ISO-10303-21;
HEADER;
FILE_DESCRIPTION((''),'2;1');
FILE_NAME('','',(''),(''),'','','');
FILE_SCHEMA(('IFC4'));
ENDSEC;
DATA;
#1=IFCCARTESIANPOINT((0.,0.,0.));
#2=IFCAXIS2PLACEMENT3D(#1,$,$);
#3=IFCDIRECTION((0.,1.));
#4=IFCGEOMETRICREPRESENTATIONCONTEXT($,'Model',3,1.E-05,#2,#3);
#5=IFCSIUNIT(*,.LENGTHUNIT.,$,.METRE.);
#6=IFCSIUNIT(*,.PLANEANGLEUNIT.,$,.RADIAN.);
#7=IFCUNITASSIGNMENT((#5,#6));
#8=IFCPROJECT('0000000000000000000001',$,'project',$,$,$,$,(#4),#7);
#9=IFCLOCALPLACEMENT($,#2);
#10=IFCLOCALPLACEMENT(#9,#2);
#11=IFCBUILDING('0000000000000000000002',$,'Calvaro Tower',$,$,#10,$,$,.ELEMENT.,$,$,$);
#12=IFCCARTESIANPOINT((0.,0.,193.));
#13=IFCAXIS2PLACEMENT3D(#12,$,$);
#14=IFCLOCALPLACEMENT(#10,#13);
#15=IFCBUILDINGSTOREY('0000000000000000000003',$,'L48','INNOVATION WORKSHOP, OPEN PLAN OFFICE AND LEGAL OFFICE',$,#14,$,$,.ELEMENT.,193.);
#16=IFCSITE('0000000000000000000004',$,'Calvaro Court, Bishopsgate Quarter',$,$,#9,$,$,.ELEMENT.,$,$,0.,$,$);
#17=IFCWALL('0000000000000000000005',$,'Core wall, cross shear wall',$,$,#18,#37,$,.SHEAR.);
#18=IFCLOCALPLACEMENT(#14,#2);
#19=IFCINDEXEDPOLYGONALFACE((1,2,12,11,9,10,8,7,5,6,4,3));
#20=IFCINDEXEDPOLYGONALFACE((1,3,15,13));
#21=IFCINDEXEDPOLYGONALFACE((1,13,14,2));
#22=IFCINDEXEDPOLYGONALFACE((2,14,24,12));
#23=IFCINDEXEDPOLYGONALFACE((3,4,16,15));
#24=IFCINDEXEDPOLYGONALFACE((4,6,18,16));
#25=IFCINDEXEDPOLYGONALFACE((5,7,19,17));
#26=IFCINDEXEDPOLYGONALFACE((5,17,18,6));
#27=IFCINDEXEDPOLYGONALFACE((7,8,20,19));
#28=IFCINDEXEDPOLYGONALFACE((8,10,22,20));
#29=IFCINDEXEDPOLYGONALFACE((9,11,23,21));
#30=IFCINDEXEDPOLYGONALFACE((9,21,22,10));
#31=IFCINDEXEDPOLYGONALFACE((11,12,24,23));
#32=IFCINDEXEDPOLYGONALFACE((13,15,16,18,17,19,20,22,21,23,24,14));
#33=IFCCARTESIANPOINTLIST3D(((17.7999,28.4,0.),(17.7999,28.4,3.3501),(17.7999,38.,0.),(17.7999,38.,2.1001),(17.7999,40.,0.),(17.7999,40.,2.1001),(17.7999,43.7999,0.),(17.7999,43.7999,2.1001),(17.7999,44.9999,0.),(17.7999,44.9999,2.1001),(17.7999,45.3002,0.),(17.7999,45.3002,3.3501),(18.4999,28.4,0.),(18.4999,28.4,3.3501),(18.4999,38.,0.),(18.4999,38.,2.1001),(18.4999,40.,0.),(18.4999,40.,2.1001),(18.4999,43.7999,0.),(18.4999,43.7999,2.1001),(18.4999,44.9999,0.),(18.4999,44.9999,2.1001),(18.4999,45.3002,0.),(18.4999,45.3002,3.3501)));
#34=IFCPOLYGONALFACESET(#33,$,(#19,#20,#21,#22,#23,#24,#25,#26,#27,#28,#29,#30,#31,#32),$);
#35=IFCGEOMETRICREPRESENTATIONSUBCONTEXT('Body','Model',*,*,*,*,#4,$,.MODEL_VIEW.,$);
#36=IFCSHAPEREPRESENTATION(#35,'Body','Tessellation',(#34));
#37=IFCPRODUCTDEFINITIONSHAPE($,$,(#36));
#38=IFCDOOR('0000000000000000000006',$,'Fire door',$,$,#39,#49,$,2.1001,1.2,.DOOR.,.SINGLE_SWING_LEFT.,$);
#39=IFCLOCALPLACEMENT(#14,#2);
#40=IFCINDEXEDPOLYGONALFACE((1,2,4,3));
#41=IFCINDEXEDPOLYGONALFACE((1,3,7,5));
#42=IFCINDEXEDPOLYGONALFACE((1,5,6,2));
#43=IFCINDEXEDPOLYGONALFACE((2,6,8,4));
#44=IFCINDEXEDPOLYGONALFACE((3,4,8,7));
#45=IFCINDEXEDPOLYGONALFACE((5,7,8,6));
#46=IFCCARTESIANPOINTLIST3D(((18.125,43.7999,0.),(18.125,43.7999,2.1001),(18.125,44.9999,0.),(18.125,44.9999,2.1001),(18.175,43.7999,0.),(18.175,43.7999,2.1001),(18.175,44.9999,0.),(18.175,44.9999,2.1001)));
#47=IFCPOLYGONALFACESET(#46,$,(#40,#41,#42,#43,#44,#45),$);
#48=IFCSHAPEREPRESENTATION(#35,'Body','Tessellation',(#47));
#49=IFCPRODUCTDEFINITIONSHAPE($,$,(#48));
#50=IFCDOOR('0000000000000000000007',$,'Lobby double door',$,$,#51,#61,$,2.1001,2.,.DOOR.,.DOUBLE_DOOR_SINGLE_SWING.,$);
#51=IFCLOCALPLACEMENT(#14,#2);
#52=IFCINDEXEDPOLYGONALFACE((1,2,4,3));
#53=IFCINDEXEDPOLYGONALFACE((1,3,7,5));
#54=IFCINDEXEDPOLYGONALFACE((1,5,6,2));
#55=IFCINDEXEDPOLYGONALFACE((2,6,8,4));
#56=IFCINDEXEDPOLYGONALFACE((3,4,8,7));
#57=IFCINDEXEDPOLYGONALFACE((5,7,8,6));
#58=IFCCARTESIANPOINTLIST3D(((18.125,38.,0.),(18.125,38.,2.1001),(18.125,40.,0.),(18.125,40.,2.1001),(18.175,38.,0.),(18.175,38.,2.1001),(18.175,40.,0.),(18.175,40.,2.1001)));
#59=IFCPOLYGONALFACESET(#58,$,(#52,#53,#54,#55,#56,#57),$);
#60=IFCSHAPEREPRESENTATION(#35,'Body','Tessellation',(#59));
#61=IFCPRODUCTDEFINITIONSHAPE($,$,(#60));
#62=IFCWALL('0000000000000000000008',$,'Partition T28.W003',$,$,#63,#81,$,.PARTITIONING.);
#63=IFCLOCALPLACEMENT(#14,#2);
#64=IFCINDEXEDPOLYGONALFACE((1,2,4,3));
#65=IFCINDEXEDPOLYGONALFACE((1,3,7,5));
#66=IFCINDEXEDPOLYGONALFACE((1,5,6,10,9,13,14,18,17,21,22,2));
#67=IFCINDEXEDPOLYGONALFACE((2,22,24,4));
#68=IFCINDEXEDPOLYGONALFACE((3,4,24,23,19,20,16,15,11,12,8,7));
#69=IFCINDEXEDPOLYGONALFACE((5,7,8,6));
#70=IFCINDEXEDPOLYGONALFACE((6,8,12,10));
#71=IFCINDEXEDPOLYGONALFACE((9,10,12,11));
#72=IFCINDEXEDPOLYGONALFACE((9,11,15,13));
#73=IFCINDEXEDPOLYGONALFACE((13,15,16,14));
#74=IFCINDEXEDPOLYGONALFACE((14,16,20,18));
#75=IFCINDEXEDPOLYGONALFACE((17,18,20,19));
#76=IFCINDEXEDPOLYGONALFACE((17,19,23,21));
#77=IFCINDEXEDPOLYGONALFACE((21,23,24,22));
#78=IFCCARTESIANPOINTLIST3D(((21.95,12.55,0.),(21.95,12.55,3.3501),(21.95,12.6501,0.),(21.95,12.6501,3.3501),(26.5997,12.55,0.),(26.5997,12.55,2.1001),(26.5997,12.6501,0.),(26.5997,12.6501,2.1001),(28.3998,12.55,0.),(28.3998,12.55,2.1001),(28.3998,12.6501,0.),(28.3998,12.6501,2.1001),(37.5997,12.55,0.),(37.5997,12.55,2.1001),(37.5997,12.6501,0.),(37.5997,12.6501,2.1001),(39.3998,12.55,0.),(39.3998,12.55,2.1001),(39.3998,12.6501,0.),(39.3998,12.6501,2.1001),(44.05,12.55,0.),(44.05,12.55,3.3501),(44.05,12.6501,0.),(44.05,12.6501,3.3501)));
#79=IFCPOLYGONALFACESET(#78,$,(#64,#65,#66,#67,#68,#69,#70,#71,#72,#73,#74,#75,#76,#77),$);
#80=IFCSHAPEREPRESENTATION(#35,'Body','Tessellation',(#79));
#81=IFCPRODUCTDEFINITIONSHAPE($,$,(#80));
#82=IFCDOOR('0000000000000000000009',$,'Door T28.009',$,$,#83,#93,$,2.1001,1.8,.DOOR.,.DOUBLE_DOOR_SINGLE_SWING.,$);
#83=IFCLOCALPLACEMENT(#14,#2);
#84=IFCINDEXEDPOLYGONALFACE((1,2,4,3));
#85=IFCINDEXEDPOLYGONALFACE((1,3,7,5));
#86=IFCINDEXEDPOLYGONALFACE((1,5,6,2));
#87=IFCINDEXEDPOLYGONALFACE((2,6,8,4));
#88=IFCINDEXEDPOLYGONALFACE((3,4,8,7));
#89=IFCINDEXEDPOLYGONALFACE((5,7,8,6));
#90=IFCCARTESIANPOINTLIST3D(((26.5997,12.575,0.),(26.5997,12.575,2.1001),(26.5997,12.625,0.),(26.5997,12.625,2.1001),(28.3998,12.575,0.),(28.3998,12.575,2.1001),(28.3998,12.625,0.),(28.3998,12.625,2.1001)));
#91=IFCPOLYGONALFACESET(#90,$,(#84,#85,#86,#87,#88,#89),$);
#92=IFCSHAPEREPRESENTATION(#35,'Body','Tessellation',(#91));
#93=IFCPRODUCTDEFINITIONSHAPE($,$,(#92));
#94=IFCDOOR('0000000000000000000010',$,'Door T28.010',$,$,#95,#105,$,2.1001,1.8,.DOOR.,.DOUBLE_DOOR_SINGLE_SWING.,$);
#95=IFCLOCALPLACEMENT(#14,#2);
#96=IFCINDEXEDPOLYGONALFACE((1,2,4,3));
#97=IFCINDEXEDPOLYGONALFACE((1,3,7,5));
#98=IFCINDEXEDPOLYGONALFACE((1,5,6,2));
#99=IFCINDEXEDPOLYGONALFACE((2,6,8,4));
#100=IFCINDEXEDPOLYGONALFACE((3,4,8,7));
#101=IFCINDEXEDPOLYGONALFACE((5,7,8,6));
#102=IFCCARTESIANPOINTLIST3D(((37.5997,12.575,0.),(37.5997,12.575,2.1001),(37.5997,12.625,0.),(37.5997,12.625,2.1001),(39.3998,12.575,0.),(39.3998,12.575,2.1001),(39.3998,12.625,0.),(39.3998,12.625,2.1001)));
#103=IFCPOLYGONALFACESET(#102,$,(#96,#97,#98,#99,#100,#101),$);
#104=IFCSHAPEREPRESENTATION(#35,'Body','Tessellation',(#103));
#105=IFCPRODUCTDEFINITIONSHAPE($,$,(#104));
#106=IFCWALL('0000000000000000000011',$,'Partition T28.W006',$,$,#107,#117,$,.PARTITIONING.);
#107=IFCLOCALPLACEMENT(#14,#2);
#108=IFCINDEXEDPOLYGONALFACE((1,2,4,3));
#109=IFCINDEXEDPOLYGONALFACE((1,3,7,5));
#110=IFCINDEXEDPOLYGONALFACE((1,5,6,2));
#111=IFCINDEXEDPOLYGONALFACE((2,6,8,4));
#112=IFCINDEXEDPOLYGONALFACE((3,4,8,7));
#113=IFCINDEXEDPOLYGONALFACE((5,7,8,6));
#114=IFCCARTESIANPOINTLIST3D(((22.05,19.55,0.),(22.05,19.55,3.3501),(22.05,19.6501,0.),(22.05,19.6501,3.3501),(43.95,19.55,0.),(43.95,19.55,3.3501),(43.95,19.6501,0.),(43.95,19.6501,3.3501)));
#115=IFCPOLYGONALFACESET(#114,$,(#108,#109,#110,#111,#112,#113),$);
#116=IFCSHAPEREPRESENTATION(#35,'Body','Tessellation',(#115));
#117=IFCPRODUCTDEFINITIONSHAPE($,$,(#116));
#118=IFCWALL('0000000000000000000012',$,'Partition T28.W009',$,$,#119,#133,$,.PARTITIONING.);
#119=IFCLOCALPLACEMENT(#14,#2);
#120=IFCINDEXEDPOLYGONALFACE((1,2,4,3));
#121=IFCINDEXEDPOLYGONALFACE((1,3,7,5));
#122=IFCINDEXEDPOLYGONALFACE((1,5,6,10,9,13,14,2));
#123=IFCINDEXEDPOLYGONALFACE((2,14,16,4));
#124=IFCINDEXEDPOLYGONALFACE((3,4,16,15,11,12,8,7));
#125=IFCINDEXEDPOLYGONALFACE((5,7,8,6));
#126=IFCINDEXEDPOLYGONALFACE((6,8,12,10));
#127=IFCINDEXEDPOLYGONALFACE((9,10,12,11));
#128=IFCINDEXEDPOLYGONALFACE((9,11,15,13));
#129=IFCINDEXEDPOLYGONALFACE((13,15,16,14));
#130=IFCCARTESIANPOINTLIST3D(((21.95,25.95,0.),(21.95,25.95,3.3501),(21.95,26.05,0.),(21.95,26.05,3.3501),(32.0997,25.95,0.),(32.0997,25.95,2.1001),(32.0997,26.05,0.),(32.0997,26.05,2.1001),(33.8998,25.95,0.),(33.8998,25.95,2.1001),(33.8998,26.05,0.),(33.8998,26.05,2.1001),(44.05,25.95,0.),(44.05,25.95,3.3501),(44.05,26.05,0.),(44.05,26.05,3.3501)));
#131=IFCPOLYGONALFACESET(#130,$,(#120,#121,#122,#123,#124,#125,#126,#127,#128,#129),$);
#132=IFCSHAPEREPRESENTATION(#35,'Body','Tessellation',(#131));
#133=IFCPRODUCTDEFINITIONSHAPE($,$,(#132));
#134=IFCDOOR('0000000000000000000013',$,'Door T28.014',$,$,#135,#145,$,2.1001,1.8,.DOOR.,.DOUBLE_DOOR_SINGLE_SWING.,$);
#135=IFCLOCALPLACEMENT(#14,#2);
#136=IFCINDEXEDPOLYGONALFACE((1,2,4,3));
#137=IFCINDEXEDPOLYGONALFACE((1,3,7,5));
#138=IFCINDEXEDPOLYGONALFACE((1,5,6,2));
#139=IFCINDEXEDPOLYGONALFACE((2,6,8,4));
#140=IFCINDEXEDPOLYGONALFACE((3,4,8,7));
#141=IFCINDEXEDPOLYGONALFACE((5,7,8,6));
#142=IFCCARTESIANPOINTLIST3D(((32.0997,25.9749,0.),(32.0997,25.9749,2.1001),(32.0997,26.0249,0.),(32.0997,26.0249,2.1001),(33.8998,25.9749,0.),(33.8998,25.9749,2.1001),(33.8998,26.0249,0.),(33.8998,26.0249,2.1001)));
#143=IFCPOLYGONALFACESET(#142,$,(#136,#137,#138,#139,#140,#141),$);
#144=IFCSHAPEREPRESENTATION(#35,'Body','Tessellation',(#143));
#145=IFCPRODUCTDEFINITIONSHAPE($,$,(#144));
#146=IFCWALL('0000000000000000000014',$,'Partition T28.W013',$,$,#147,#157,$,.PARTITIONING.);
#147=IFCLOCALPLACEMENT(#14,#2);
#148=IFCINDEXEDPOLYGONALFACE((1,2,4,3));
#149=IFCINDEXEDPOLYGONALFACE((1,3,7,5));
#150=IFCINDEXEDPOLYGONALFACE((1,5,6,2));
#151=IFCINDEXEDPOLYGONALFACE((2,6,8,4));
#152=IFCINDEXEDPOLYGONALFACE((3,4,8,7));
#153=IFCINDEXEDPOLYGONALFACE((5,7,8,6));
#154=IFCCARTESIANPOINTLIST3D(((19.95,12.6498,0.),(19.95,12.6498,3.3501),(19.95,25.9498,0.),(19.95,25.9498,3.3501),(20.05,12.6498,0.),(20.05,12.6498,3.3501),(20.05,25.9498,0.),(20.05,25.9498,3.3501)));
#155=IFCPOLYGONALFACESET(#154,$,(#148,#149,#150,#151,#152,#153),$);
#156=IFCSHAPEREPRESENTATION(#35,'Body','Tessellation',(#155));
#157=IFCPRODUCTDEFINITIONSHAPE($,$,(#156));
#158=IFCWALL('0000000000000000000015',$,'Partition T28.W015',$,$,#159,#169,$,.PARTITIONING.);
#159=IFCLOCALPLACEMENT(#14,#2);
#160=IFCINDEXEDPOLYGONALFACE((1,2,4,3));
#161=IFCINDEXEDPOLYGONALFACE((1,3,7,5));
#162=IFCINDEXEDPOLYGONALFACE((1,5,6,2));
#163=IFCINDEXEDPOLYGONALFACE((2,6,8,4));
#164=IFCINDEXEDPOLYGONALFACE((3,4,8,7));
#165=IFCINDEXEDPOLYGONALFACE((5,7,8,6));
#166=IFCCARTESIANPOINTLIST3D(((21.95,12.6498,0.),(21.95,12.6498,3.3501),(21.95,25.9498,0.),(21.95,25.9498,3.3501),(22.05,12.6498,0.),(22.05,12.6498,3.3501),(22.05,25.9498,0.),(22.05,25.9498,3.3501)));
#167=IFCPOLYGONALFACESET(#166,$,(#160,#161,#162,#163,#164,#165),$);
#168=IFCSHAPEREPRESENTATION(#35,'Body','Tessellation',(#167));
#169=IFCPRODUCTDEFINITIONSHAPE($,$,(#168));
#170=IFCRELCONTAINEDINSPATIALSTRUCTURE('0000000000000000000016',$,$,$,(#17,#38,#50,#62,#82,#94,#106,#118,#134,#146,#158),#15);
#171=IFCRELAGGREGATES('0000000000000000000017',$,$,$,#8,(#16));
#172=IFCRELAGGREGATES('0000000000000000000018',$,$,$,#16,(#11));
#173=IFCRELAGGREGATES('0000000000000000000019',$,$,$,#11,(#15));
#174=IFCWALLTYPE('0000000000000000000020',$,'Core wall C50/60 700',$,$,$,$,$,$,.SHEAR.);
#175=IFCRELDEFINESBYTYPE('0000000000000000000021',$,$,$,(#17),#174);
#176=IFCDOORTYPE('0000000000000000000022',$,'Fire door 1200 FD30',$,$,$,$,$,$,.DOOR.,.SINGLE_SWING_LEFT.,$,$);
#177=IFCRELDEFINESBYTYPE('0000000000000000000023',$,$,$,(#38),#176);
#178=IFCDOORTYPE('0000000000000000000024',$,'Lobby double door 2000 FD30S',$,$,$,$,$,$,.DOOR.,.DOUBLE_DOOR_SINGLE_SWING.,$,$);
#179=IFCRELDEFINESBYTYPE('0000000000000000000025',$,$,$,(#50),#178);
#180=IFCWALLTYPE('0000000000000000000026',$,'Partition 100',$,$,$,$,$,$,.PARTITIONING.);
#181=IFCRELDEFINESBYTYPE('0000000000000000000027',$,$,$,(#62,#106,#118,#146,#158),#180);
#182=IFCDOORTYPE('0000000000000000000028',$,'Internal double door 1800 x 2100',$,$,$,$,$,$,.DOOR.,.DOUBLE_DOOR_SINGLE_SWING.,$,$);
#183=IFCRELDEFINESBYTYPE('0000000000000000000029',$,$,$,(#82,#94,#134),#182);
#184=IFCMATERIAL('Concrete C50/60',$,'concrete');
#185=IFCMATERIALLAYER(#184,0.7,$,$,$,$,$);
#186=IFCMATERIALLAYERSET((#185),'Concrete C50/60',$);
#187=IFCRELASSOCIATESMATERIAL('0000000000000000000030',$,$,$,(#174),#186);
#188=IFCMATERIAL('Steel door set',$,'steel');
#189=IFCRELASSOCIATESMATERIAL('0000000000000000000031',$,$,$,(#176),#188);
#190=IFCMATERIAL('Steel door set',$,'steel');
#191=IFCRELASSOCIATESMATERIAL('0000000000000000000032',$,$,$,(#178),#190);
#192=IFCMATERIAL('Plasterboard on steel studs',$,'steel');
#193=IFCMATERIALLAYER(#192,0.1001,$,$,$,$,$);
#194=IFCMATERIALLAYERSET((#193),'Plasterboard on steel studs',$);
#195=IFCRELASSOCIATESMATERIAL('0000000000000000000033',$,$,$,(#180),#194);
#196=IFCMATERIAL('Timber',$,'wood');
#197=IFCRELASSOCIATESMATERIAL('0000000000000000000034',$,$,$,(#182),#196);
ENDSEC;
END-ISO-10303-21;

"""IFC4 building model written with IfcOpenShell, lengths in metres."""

from ifc_helpers import new_model, si_unit, direction, frame, frame_2d, origin, place, context, subcontext, project, spatial, rectangle, extrude, material, layer, layer_set, type_object, element, fill, save


model = new_model("IFC4")

# Units and contexts
model_context = context("Model", 3, precision=1e-05, world=origin(), true_north=direction((0.0, 1.0)))
body_context = subcontext(model_context, "Body", "Model", "MODEL_VIEW")
ifc_project = project(units=[si_unit("LENGTHUNIT", "METRE"), si_unit("PLANEANGLEUNIT", "RADIAN")], contexts=[model_context])

# Site, building, storey
site_placement = place(None, origin())
site = spatial("IfcSite", under=ifc_project, at=site_placement, Name="Calvaro Court, Bishopsgate Quarter", CompositionType="ELEMENT", RefElevation=0.0)
building_placement = place(site_placement, origin())
building = spatial("IfcBuilding", under=site, at=building_placement, Name="Calvaro Tower", CompositionType="ELEMENT")
storey_placement = place(building_placement, frame((0.0, 0.0, 193.0)))
storey = spatial("IfcBuildingStorey", under=building, at=storey_placement, Name="L48", Description="INNOVATION WORKSHOP, OPEN PLAN OFFICE AND LEGAL OFFICE", CompositionType="ELEMENT", Elevation=193.0)

# Walls, openings, doors
ifc_material_1 = material(Name="Concrete C50/60", Category="concrete")
ifc_layer_1 = layer(ifc_material_1, 0.7)
ifc_layer_set_1 = layer_set([ifc_layer_1], Name="Concrete C50/60")
wall_type_1 = type_object("IfcWallType", Name="Core wall C50/60 700", PredefinedType="SHEAR", material=ifc_layer_set_1)
wall_1_placement = place(storey_placement, frame((18.1499, 28.3999, 0.0), z_axis=(0.0, 0.0, 1.0), x_axis=(0.0, 1.0, 0.0)))
wall_1 = element("IfcWall", 1, at=wall_1_placement, inside=storey, type_object=wall_type_1, Name="Core wall, cross shear wall", PredefinedType="SHEAR", context=body_context, shape_type="SweptSolid", body=[
    extrude(rectangle(XDim=16.9001, YDim=0.7, at=frame_2d((8.4502, 0.0))), origin(), (0.0, 0.0, 1.0), 3.3501),
])
opening_1_placement = place(wall_1_placement, frame((9.6001, 0.0, 0.0)))
opening_1 = element("IfcOpeningElement", 2, at=opening_1_placement, cuts=wall_1, PredefinedType="OPENING", context=body_context, shape_type="SweptSolid", body=[
    extrude(rectangle(XDim=2.0, YDim=2.1001, at=frame_2d((1.0, 1.05))), frame((0.0, 0.3599, 0.0), z_axis=(0.0, -1.0, 0.0), x_axis=(1.0, 0.0, 0.0)), (0.0, 0.0, 1.0), 0.72),
])
opening_2_placement = place(wall_1_placement, frame((15.3999, 0.0, 0.0)))
opening_2 = element("IfcOpeningElement", 3, at=opening_2_placement, cuts=wall_1, PredefinedType="OPENING", context=body_context, shape_type="SweptSolid", body=[
    extrude(rectangle(XDim=1.2, YDim=2.1001, at=frame_2d((0.6001, 1.05))), frame((0.0, 0.3599, 0.0), z_axis=(0.0, -1.0, 0.0), x_axis=(1.0, 0.0, 0.0)), (0.0, 0.0, 1.0), 0.72),
])
ifc_material_2 = material(Name="Steel door set", Category="steel")
door_type_1 = type_object("IfcDoorType", Name="Fire door 1200 FD30", OperationType="SINGLE_SWING_LEFT", PredefinedType="DOOR", material=ifc_material_2)
door_1_placement = place(opening_2_placement, origin())
door_1 = element("IfcDoor", 4, at=door_1_placement, inside=storey, type_object=door_type_1, Name="Fire door", OperationType="SINGLE_SWING_LEFT", OverallHeight=2.1001, OverallWidth=1.2, PredefinedType="DOOR", context=body_context, shape_type="SweptSolid", body=[
    extrude(rectangle(XDim=1.2, YDim=2.1001, at=frame_2d((0.6001, 1.05))), frame((0.0, 0.0249, 0.0), z_axis=(0.0, -1.0, 0.0), x_axis=(1.0, 0.0, 0.0)), (0.0, 0.0, 1.0), 0.05),
])
fill(opening_2, door_1)
ifc_material_3 = material(Name="Steel door set", Category="steel")
door_type_2 = type_object("IfcDoorType", Name="Lobby double door 2000 FD30S", OperationType="DOUBLE_DOOR_SINGLE_SWING", PredefinedType="DOOR", material=ifc_material_3)
door_2_placement = place(opening_1_placement, origin())
door_2 = element("IfcDoor", 5, at=door_2_placement, inside=storey, type_object=door_type_2, Name="Lobby double door", OperationType="DOUBLE_DOOR_SINGLE_SWING", OverallHeight=2.1001, OverallWidth=2.0, PredefinedType="DOOR", context=body_context, shape_type="SweptSolid", body=[
    extrude(rectangle(XDim=2.0, YDim=2.1001, at=frame_2d((1.0, 1.05))), frame((0.0, 0.0249, 0.0), z_axis=(0.0, -1.0, 0.0), x_axis=(1.0, 0.0, 0.0)), (0.0, 0.0, 1.0), 0.05),
])
fill(opening_1, door_2)
ifc_material_4 = material(Name="Plasterboard on steel studs", Category="steel")
ifc_layer_2 = layer(ifc_material_4, 0.1001)
ifc_layer_set_2 = layer_set([ifc_layer_2], Name="Plasterboard on steel studs")
wall_type_2 = type_object("IfcWallType", Name="Partition 100", PredefinedType="PARTITIONING", material=ifc_layer_set_2)
wall_2_placement = place(storey_placement, frame((21.95, 12.6001, 0.0), z_axis=(0.0, 0.0, 1.0), x_axis=(1.0, 0.0, 0.0)))
wall_2 = element("IfcWall", 6, at=wall_2_placement, inside=storey, type_object=wall_type_2, Name="Partition T28.W003", PredefinedType="PARTITIONING", context=body_context, shape_type="SweptSolid", body=[
    extrude(rectangle(XDim=22.1001, YDim=0.1001, at=frame_2d((11.05, 0.0))), origin(), (0.0, 0.0, 1.0), 3.3501),
])
opening_3_placement = place(wall_2_placement, frame((4.6499, 0.0, 0.0)))
opening_3 = element("IfcOpeningElement", 7, at=opening_3_placement, cuts=wall_2, PredefinedType="OPENING", context=body_context, shape_type="SweptSolid", body=[
    extrude(rectangle(XDim=1.8, YDim=2.1001, at=frame_2d((0.8999, 1.05))), frame((0.0, 0.0601, 0.0), z_axis=(0.0, -1.0, 0.0), x_axis=(1.0, 0.0, 0.0)), (0.0, 0.0, 1.0), 0.1201),
])
opening_4_placement = place(wall_2_placement, frame((15.6499, 0.0, 0.0)))
opening_4 = element("IfcOpeningElement", 8, at=opening_4_placement, cuts=wall_2, PredefinedType="OPENING", context=body_context, shape_type="SweptSolid", body=[
    extrude(rectangle(XDim=1.8, YDim=2.1001, at=frame_2d((0.8999, 1.05))), frame((0.0, 0.0601, 0.0), z_axis=(0.0, -1.0, 0.0), x_axis=(1.0, 0.0, 0.0)), (0.0, 0.0, 1.0), 0.1201),
])
ifc_material_5 = material(Name="Timber", Category="wood")
door_type_3 = type_object("IfcDoorType", Name="Internal double door 1800 x 2100", OperationType="DOUBLE_DOOR_SINGLE_SWING", PredefinedType="DOOR", material=ifc_material_5)
door_3_placement = place(opening_3_placement, origin())
door_3 = element("IfcDoor", 9, at=door_3_placement, inside=storey, type_object=door_type_3, Name="Door T28.009", OperationType="DOUBLE_DOOR_SINGLE_SWING", OverallHeight=2.1001, OverallWidth=1.8, PredefinedType="DOOR", context=body_context, shape_type="SweptSolid", body=[
    extrude(rectangle(XDim=1.8, YDim=2.1001, at=frame_2d((0.8999, 1.05))), frame((0.0, 0.0249, 0.0), z_axis=(0.0, -1.0, 0.0), x_axis=(1.0, 0.0, 0.0)), (0.0, 0.0, 1.0), 0.05),
])
fill(opening_3, door_3)
door_4_placement = place(opening_4_placement, origin())
door_4 = element("IfcDoor", 10, at=door_4_placement, inside=storey, type_object=door_type_3, Name="Door T28.010", OperationType="DOUBLE_DOOR_SINGLE_SWING", OverallHeight=2.1001, OverallWidth=1.8, PredefinedType="DOOR", context=body_context, shape_type="SweptSolid", body=[
    extrude(rectangle(XDim=1.8, YDim=2.1001, at=frame_2d((0.8999, 1.05))), frame((0.0, 0.0249, 0.0), z_axis=(0.0, -1.0, 0.0), x_axis=(1.0, 0.0, 0.0)), (0.0, 0.0, 1.0), 0.05),
])
fill(opening_4, door_4)

# Wall
wall_3_placement = place(storey_placement, frame((22.05, 19.6001, 0.0), z_axis=(0.0, 0.0, 1.0), x_axis=(1.0, 0.0, 0.0)))
element("IfcWall", 11, at=wall_3_placement, inside=storey, type_object=wall_type_2, Name="Partition T28.W006", PredefinedType="PARTITIONING", context=body_context, shape_type="SweptSolid", body=[
    extrude(rectangle(XDim=21.8999, YDim=0.1001, at=frame_2d((10.95, 0.0))), origin(), (0.0, 0.0, 1.0), 3.3501),
])

# Wall, opening, door
wall_4_placement = place(storey_placement, frame((21.95, 26.0, 0.0), z_axis=(0.0, 0.0, 1.0), x_axis=(1.0, 0.0, 0.0)))
wall_4 = element("IfcWall", 12, at=wall_4_placement, inside=storey, type_object=wall_type_2, Name="Partition T28.W009", PredefinedType="PARTITIONING", context=body_context, shape_type="SweptSolid", body=[
    extrude(rectangle(XDim=22.1001, YDim=0.1001, at=frame_2d((11.05, 0.0))), origin(), (0.0, 0.0, 1.0), 3.3501),
])
opening_5_placement = place(wall_4_placement, frame((10.1499, 0.0, 0.0)))
opening_5 = element("IfcOpeningElement", 13, at=opening_5_placement, cuts=wall_4, PredefinedType="OPENING", context=body_context, shape_type="SweptSolid", body=[
    extrude(rectangle(XDim=1.8, YDim=2.1001, at=frame_2d((0.8999, 1.05))), frame((0.0, 0.0601, 0.0), z_axis=(0.0, -1.0, 0.0), x_axis=(1.0, 0.0, 0.0)), (0.0, 0.0, 1.0), 0.1201),
])
door_5_placement = place(opening_5_placement, origin())
door_5 = element("IfcDoor", 14, at=door_5_placement, inside=storey, type_object=door_type_3, Name="Door T28.014", OperationType="DOUBLE_DOOR_SINGLE_SWING", OverallHeight=2.1001, OverallWidth=1.8, PredefinedType="DOOR", context=body_context, shape_type="SweptSolid", body=[
    extrude(rectangle(XDim=1.8, YDim=2.1001, at=frame_2d((0.8999, 1.05))), frame((0.0, 0.0249, 0.0), z_axis=(0.0, -1.0, 0.0), x_axis=(1.0, 0.0, 0.0)), (0.0, 0.0, 1.0), 0.05),
])
fill(opening_5, door_5)

# Walls
for number, where, z_axis, x_axis, name in (
    (15, (20.0, 12.6499, 0.0), (0.0, 0.0, 1.0), (0.0, 1.0, 0.0), "Partition T28.W013"),
    (16, (22.0, 12.6499, 0.0), (0.0, 0.0, 1.0), (0.0, 1.0, 0.0), "Partition T28.W015"),
):
    element("IfcWall", number, at=place(storey_placement, frame(where, z_axis=z_axis, x_axis=x_axis)), inside=storey, type_object=wall_type_2, Name=name, PredefinedType="PARTITIONING", context=body_context, shape_type="SweptSolid", body=[
        extrude(rectangle(XDim=13.3, YDim=0.1001, at=frame_2d((6.6499, 0.0))), origin(), (0.0, 0.0, 1.0), 3.3501),
    ])

save(model, "model.ifc")
